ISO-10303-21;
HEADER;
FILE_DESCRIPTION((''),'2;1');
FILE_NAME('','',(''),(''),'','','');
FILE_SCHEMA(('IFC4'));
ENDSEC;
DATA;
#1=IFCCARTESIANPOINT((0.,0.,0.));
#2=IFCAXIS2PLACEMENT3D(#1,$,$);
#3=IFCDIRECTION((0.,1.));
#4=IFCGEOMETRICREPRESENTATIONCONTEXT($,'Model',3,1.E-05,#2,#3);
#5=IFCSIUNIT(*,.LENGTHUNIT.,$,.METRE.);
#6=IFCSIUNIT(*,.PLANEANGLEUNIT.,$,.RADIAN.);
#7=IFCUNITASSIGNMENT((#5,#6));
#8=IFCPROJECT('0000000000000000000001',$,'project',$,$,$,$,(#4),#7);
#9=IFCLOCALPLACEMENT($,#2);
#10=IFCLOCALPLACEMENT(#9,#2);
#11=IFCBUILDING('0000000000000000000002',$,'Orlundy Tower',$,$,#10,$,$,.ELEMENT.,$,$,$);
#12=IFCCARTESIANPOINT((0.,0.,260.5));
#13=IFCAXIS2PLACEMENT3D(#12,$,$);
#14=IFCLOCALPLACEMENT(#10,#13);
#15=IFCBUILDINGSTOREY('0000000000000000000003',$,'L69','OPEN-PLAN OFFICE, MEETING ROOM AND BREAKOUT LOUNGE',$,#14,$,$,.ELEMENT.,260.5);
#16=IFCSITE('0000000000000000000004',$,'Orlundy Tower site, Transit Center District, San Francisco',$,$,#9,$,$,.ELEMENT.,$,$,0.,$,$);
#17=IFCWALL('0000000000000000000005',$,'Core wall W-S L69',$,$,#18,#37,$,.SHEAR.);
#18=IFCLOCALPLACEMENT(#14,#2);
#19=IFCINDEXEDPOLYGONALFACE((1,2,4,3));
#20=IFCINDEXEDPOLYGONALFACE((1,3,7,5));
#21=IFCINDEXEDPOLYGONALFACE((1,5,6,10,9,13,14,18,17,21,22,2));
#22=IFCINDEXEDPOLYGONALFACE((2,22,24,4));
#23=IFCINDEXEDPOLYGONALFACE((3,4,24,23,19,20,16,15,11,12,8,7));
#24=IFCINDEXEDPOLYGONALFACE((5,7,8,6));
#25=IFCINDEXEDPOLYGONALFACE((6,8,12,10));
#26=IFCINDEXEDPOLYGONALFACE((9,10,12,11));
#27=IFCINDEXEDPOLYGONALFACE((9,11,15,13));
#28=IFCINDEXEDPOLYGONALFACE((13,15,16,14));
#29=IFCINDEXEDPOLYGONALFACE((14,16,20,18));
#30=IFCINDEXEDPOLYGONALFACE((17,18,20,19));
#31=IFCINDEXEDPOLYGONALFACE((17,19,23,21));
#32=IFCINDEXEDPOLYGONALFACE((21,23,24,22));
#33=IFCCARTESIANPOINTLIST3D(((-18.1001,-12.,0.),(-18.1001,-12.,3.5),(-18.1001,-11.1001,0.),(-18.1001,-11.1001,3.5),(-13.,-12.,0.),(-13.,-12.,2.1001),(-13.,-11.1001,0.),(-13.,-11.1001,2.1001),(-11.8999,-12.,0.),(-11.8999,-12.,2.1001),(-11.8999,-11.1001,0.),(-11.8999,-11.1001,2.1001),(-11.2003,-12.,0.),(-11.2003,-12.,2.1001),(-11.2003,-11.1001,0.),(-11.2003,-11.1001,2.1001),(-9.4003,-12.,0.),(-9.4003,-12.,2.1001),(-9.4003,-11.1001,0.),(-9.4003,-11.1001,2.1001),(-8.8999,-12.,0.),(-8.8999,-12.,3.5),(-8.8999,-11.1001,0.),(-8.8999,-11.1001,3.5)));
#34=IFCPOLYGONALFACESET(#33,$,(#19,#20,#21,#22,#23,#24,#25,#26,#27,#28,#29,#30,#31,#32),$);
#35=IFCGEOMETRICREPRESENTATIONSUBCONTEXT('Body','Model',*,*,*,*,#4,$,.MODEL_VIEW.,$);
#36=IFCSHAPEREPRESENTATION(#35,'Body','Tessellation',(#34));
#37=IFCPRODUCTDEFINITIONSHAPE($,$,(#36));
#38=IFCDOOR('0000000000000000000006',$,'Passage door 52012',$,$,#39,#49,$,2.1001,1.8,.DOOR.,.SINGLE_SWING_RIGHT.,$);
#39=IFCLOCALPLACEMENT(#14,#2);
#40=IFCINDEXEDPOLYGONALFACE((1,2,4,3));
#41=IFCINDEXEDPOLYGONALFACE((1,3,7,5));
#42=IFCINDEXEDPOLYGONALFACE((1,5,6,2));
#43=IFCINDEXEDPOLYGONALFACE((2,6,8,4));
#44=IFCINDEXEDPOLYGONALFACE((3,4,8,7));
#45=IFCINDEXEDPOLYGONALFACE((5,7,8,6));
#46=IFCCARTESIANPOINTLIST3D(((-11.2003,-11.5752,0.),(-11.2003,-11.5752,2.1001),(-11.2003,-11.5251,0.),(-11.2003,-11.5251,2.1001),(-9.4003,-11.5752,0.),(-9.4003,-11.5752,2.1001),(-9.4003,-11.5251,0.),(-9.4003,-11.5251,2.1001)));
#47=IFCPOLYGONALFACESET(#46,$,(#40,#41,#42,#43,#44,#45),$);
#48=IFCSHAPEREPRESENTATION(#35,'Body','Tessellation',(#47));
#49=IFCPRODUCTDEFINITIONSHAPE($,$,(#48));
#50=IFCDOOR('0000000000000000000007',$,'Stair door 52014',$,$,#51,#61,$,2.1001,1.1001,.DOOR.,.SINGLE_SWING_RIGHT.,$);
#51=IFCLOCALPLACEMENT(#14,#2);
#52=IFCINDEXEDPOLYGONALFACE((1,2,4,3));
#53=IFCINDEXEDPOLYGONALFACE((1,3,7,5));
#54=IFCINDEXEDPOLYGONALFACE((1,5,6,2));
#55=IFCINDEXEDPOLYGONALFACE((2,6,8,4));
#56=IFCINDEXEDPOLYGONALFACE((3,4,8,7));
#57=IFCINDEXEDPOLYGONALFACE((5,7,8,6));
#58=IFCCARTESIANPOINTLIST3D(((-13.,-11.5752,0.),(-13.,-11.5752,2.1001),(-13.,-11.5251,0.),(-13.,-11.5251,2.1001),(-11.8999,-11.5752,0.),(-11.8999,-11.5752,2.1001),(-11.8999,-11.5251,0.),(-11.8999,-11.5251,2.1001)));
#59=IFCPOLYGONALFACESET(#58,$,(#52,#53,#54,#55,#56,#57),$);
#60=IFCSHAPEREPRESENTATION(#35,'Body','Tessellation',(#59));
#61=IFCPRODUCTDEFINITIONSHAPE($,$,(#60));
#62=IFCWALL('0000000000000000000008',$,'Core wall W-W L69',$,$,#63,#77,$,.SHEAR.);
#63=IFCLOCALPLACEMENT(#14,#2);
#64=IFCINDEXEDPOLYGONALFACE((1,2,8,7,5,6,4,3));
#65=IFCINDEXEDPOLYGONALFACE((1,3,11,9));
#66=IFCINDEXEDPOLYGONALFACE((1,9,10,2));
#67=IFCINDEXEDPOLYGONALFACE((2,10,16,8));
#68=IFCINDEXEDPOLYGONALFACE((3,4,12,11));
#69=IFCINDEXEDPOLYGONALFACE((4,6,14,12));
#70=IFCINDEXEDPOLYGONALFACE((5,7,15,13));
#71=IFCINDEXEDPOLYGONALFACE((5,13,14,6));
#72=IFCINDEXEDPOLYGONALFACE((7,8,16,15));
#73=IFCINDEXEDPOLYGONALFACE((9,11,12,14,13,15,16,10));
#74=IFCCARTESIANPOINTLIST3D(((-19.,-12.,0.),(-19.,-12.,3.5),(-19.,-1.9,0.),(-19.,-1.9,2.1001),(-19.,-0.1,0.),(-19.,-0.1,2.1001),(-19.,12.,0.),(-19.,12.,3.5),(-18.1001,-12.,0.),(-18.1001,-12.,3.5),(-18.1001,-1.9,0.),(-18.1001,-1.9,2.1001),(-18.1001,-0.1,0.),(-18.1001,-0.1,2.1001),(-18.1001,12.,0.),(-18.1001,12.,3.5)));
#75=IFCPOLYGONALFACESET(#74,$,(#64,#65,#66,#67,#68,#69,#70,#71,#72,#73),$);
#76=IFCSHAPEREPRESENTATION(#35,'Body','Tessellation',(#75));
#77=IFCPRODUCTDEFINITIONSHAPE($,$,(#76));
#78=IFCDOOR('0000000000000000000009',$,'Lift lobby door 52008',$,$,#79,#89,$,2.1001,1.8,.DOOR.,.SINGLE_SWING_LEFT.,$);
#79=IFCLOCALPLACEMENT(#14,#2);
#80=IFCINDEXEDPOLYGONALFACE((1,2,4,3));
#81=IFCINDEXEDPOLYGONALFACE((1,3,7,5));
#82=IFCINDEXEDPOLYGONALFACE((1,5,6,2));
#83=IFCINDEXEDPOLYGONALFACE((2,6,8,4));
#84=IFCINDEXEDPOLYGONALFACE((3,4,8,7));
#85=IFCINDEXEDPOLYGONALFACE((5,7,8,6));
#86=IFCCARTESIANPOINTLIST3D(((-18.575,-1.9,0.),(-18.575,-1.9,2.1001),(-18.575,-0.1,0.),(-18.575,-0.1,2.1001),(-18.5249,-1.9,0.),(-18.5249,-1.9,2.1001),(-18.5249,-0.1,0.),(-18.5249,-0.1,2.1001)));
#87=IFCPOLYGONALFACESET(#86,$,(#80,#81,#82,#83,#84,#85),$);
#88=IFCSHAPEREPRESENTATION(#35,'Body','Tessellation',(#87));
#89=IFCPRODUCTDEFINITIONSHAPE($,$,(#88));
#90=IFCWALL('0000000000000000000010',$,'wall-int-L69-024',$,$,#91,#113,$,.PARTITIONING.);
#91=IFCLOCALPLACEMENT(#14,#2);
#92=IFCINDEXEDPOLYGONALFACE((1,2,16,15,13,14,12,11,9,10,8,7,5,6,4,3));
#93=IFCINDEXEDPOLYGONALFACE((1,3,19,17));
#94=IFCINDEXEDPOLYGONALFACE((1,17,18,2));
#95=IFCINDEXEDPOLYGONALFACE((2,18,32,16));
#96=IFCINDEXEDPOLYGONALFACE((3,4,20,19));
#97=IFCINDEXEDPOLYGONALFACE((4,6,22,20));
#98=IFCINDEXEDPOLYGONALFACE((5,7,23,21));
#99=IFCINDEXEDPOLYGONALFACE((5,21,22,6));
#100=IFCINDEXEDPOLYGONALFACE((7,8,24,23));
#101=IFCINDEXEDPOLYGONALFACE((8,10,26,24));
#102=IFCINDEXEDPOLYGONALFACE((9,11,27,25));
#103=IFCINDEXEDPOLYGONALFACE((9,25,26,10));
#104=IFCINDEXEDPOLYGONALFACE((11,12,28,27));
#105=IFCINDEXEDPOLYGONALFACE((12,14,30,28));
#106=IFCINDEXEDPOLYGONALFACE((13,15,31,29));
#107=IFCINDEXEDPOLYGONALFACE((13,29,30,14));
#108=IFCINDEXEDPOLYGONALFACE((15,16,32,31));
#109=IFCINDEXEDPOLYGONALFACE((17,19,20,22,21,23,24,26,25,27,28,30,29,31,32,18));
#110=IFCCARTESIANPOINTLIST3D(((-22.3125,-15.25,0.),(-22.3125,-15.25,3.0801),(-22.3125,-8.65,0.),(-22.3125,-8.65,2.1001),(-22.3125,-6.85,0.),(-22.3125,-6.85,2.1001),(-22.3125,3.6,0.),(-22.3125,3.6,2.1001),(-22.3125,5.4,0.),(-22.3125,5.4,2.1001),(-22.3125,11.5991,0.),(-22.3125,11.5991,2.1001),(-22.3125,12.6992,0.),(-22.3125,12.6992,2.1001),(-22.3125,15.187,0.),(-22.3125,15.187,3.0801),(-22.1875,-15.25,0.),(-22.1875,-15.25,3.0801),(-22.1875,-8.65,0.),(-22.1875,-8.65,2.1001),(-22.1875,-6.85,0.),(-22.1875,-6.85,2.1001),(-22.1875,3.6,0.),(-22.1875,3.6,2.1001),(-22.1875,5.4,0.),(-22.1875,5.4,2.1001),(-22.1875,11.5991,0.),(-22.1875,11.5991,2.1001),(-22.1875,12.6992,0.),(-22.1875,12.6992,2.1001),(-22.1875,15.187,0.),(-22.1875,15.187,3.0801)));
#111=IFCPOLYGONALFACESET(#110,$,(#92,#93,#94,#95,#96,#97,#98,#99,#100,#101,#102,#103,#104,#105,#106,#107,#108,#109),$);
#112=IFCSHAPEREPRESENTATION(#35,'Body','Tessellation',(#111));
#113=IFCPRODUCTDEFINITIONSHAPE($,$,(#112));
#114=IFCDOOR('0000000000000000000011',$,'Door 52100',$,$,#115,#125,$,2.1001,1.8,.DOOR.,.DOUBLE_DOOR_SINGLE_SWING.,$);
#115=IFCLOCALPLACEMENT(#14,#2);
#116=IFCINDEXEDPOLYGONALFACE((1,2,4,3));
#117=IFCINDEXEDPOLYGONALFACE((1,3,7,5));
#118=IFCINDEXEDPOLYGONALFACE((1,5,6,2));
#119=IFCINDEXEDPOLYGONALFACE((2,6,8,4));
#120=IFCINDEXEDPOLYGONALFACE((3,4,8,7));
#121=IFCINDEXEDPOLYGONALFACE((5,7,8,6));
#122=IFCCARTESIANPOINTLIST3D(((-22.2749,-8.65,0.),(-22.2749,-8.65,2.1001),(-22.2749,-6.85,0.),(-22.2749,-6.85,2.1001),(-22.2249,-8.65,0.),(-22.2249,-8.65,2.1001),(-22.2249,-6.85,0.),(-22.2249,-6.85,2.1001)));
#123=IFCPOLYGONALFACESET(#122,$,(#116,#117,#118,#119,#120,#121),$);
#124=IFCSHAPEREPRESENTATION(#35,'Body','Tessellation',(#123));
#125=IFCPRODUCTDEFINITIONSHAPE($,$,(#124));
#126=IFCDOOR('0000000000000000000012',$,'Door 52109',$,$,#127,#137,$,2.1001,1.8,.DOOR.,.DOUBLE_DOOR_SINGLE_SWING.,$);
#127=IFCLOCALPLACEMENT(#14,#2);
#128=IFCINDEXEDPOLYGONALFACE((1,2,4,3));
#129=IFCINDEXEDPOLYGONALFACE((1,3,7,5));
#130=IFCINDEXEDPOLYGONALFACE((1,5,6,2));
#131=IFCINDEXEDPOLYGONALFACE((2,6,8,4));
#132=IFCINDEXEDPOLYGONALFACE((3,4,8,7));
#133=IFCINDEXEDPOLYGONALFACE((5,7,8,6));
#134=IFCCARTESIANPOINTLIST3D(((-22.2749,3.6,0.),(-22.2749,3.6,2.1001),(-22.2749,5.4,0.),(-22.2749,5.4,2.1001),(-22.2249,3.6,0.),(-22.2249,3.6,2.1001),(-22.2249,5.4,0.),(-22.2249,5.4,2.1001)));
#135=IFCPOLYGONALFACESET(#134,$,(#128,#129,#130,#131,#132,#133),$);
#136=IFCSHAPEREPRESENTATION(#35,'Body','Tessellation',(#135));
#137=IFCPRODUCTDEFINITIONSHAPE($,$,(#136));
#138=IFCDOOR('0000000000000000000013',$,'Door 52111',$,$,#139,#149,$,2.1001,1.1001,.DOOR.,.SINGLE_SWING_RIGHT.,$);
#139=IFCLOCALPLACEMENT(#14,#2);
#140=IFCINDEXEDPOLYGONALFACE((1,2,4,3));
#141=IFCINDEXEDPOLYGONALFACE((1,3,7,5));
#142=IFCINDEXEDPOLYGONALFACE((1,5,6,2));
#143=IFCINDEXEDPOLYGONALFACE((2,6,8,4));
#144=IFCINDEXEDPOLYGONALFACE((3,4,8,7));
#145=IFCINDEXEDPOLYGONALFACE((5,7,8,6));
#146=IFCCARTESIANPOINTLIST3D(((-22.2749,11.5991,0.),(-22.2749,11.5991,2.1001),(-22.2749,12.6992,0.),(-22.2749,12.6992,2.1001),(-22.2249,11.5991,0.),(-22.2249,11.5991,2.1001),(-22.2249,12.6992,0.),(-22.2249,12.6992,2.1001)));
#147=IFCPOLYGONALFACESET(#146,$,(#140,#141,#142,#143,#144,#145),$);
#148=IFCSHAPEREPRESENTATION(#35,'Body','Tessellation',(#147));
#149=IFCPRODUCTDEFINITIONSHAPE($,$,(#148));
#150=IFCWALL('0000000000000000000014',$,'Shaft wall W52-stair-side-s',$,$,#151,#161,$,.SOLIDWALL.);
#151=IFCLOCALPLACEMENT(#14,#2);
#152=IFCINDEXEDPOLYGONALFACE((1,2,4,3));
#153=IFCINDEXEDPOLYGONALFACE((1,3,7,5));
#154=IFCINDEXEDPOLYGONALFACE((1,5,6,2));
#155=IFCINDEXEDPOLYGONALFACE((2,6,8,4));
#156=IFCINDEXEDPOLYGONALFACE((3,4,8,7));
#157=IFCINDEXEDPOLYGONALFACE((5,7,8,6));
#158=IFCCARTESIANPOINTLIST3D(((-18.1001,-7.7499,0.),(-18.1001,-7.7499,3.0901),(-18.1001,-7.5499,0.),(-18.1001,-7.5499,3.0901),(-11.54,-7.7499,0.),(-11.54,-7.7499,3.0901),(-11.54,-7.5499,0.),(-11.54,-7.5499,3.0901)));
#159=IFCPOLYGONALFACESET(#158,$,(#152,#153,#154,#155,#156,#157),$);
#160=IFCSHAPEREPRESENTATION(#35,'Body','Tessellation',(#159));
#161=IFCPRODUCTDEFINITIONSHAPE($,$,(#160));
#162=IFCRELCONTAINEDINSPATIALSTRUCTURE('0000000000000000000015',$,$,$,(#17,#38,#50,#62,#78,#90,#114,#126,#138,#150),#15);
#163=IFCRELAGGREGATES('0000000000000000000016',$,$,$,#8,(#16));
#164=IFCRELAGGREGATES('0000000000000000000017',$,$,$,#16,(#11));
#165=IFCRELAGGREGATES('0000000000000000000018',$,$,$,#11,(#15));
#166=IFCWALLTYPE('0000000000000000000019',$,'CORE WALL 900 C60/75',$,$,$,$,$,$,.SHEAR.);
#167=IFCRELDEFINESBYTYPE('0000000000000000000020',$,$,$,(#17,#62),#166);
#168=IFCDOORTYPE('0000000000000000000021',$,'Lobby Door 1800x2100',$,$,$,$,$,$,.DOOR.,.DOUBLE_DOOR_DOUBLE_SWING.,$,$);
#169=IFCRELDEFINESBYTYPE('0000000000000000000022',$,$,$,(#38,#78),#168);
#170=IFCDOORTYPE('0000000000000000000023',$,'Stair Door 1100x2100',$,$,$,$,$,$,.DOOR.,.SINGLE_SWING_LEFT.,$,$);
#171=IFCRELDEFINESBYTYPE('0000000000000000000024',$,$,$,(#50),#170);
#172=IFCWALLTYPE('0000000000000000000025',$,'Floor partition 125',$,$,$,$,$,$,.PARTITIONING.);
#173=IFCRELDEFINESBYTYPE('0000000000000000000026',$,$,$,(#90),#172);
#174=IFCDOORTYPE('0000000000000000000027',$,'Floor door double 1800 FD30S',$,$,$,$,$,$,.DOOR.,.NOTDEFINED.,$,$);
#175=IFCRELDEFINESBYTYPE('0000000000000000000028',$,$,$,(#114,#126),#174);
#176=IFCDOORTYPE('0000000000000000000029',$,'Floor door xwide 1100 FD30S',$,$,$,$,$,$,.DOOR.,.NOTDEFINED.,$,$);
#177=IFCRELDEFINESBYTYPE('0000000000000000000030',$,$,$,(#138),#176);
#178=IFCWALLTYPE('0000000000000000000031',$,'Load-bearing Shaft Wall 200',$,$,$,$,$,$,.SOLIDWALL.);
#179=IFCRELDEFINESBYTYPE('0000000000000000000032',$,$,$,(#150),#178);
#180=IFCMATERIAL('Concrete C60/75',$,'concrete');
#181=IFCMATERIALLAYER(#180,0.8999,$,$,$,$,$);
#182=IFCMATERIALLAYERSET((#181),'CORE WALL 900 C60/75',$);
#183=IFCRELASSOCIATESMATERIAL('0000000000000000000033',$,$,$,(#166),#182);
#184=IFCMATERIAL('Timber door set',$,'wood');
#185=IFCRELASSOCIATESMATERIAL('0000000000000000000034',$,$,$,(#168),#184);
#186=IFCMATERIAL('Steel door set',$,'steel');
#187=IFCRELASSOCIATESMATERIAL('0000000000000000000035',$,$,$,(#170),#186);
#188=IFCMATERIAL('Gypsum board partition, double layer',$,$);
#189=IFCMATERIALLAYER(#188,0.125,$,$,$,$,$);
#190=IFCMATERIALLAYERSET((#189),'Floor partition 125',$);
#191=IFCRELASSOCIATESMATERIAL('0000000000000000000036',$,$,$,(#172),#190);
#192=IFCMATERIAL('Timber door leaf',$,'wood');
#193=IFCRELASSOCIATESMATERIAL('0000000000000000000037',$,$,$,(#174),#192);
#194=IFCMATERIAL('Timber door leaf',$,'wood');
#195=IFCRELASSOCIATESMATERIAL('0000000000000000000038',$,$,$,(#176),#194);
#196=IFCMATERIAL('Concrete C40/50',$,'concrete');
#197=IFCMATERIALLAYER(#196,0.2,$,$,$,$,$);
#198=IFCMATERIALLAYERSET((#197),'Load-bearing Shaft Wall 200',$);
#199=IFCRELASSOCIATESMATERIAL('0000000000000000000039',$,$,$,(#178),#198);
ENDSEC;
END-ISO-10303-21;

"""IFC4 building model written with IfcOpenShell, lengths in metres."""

from ifc_helpers import new_model, si_unit, direction, frame, frame_2d, origin, place, context, subcontext, project, spatial, rectangle, extrude, material, layer, layer_set, type_object, element, fill, save


model = new_model("IFC4")

# Units and contexts
model_context = context("Model", 3, precision=1e-05, world=origin(), true_north=direction((0.0, 1.0)))
body_context = subcontext(model_context, "Body", "Model", "MODEL_VIEW")
ifc_project = project(units=[si_unit("LENGTHUNIT", "METRE"), si_unit("PLANEANGLEUNIT", "RADIAN")], contexts=[model_context])

# Site, building, storey
site_placement = place(None, origin())
site = spatial("IfcSite", under=ifc_project, at=site_placement, Name="Orlundy Tower site, Transit Center District, San Francisco", CompositionType="ELEMENT", RefElevation=0.0)
building_placement = place(site_placement, origin())
building = spatial("IfcBuilding", under=site, at=building_placement, Name="Orlundy Tower", CompositionType="ELEMENT")
storey_placement = place(building_placement, frame((0.0, 0.0, 260.5)))
storey = spatial("IfcBuildingStorey", under=building, at=storey_placement, Name="L69", Description="OPEN-PLAN OFFICE, MEETING ROOM AND BREAKOUT LOUNGE", CompositionType="ELEMENT", Elevation=260.5)

# Wall, openings, doors
ifc_material_1 = material(Name="Concrete C60/75", Category="concrete")
ifc_layer_1 = layer(ifc_material_1, 0.8999)
ifc_layer_set_1 = layer_set([ifc_layer_1], Name="CORE WALL 900 C60/75")
wall_type_1 = type_object("IfcWallType", Name="CORE WALL 900 C60/75", PredefinedType="SHEAR", material=ifc_layer_set_1)
wall_1_placement = place(storey_placement, frame((-18.1001, -11.55, 0.0), z_axis=(0.0, 0.0, 1.0), x_axis=(1.0, 0.0, 0.0)))
wall_1 = element("IfcWall", 1, at=wall_1_placement, inside=storey, type_object=wall_type_1, Name="Core wall W-S L69", PredefinedType="SHEAR", context=body_context, shape_type="SweptSolid", body=[
    extrude(rectangle(XDim=9.2002, YDim=0.8999, at=frame_2d((4.6001, 0.0))), origin(), (0.0, 0.0, 1.0), 3.5),
])
opening_1_placement = place(wall_1_placement, frame((6.8999, 0.0, 0.0)))
opening_1 = element("IfcOpeningElement", 2, at=opening_1_placement, cuts=wall_1, PredefinedType="OPENING", context=body_context, shape_type="SweptSolid", body=[
    extrude(rectangle(XDim=1.8, YDim=2.1001, at=frame_2d((0.8999, 1.05))), frame((0.0, 0.46, 0.0), z_axis=(0.0, -1.0, 0.0), x_axis=(1.0, 0.0, 0.0)), (0.0, 0.0, 1.0), 0.9199),
])
opening_2_placement = place(wall_1_placement, frame((5.1001, 0.0, 0.0)))
opening_2 = element("IfcOpeningElement", 3, at=opening_2_placement, cuts=wall_1, PredefinedType="OPENING", context=body_context, shape_type="SweptSolid", body=[
    extrude(rectangle(XDim=1.1001, YDim=2.1001, at=frame_2d((0.55, 1.05))), frame((0.0, 0.46, 0.0), z_axis=(0.0, -1.0, 0.0), x_axis=(1.0, 0.0, 0.0)), (0.0, 0.0, 1.0), 0.9199),
])
ifc_material_2 = material(Name="Timber door set", Category="wood")
door_type_1 = type_object("IfcDoorType", Name="Lobby Door 1800x2100", OperationType="DOUBLE_DOOR_DOUBLE_SWING", PredefinedType="DOOR", material=ifc_material_2)
door_1_placement = place(opening_1_placement, origin())
door_1 = element("IfcDoor", 4, at=door_1_placement, inside=storey, type_object=door_type_1, Name="Passage door 52012", OperationType="SINGLE_SWING_RIGHT", OverallHeight=2.1001, OverallWidth=1.8, PredefinedType="DOOR", context=body_context, shape_type="SweptSolid", body=[
    extrude(rectangle(XDim=1.8, YDim=2.1001, at=frame_2d((0.8999, 1.05))), frame((0.0, 0.0249, 0.0), z_axis=(0.0, -1.0, 0.0), x_axis=(1.0, 0.0, 0.0)), (0.0, 0.0, 1.0), 0.05),
])
fill(opening_1, door_1)
ifc_material_3 = material(Name="Steel door set", Category="steel")
door_type_2 = type_object("IfcDoorType", Name="Stair Door 1100x2100", OperationType="SINGLE_SWING_LEFT", PredefinedType="DOOR", material=ifc_material_3)
door_2_placement = place(opening_2_placement, origin())
door_2 = element("IfcDoor", 5, at=door_2_placement, inside=storey, type_object=door_type_2, Name="Stair door 52014", OperationType="SINGLE_SWING_RIGHT", OverallHeight=2.1001, OverallWidth=1.1001, PredefinedType="DOOR", context=body_context, shape_type="SweptSolid", body=[
    extrude(rectangle(XDim=1.1001, YDim=2.1001, at=frame_2d((0.55, 1.05))), frame((0.0, 0.0249, 0.0), z_axis=(0.0, -1.0, 0.0), x_axis=(1.0, 0.0, 0.0)), (0.0, 0.0, 1.0), 0.05),
])
fill(opening_2, door_2)

# Wall, opening, door
wall_2_placement = place(storey_placement, frame((-18.55, -12.0, 0.0), z_axis=(0.0, 0.0, 1.0), x_axis=(0.0, 1.0, 0.0)))
wall_2 = element("IfcWall", 6, at=wall_2_placement, inside=storey, type_object=wall_type_1, Name="Core wall W-W L69", PredefinedType="SHEAR", context=body_context, shape_type="SweptSolid", body=[
    extrude(rectangle(XDim=24.0, YDim=0.8999, at=frame_2d((12.0, 0.0))), origin(), (0.0, 0.0, 1.0), 3.5),
])
opening_3_placement = place(wall_2_placement, frame((10.1001, 0.0, 0.0)))
opening_3 = element("IfcOpeningElement", 7, at=opening_3_placement, cuts=wall_2, PredefinedType="OPENING", context=body_context, shape_type="SweptSolid", body=[
    extrude(rectangle(XDim=1.8, YDim=2.1001, at=frame_2d((0.8999, 1.05))), frame((0.0, 0.46, 0.0), z_axis=(0.0, -1.0, 0.0), x_axis=(1.0, 0.0, 0.0)), (0.0, 0.0, 1.0), 0.9199),
])
door_3_placement = place(opening_3_placement, origin())
door_3 = element("IfcDoor", 8, at=door_3_placement, inside=storey, type_object=door_type_1, Name="Lift lobby door 52008", OperationType="SINGLE_SWING_LEFT", OverallHeight=2.1001, OverallWidth=1.8, PredefinedType="DOOR", context=body_context, shape_type="SweptSolid", body=[
    extrude(rectangle(XDim=1.8, YDim=2.1001, at=frame_2d((0.8999, 1.05))), frame((0.0, 0.0249, 0.0), z_axis=(0.0, -1.0, 0.0), x_axis=(1.0, 0.0, 0.0)), (0.0, 0.0, 1.0), 0.05),
])
fill(opening_3, door_3)

# Wall, openings, doors
ifc_material_4 = material(Name="Gypsum board partition, double layer")
ifc_layer_2 = layer(ifc_material_4, 0.125)
ifc_layer_set_2 = layer_set([ifc_layer_2], Name="Floor partition 125")
wall_type_2 = type_object("IfcWallType", Name="Floor partition 125", PredefinedType="PARTITIONING", material=ifc_layer_set_2)
wall_3_placement = place(storey_placement, frame((-22.25, -15.25, 0.0), z_axis=(0.0, 0.0, 1.0), x_axis=(0.0, 1.0, 0.0)))
wall_3 = element("IfcWall", 9, at=wall_3_placement, inside=storey, type_object=wall_type_2, Name="wall-int-L69-024", PredefinedType="PARTITIONING", context=body_context, shape_type="SweptSolid", body=[
    extrude(rectangle(XDim=30.437, YDim=0.125, at=frame_2d((15.2185, 0.0))), origin(), (0.0, 0.0, 1.0), 3.0801),
])
opening_4_placement = place(wall_3_placement, frame((6.6001, 0.0, 0.0)))
opening_4 = element("IfcOpeningElement", 10, at=opening_4_placement, cuts=wall_3, PredefinedType="OPENING", context=body_context, shape_type="SweptSolid", body=[
    extrude(rectangle(XDim=1.8, YDim=2.1001, at=frame_2d((0.8999, 1.05))), frame((0.0, 0.0725, 0.0), z_axis=(0.0, -1.0, 0.0), x_axis=(1.0, 0.0, 0.0)), (0.0, 0.0, 1.0), 0.145),
])
opening_5_placement = place(wall_3_placement, frame((18.8501, 0.0, 0.0)))
opening_5 = element("IfcOpeningElement", 11, at=opening_5_placement, cuts=wall_3, PredefinedType="OPENING", context=body_context, shape_type="SweptSolid", body=[
    extrude(rectangle(XDim=1.8, YDim=2.1001, at=frame_2d((0.8999, 1.05))), frame((0.0, 0.0725, 0.0), z_axis=(0.0, -1.0, 0.0), x_axis=(1.0, 0.0, 0.0)), (0.0, 0.0, 1.0), 0.145),
])
opening_6_placement = place(wall_3_placement, frame((26.8491, 0.0, 0.0)))
opening_6 = element("IfcOpeningElement", 12, at=opening_6_placement, cuts=wall_3, PredefinedType="OPENING", context=body_context, shape_type="SweptSolid", body=[
    extrude(rectangle(XDim=1.1001, YDim=2.1001, at=frame_2d((0.55, 1.05))), frame((0.0, 0.0725, 0.0), z_axis=(0.0, -1.0, 0.0), x_axis=(1.0, 0.0, 0.0)), (0.0, 0.0, 1.0), 0.145),
])
ifc_material_5 = material(Name="Timber door leaf", Category="wood")
door_type_3 = type_object("IfcDoorType", Name="Floor door double 1800 FD30S", OperationType="NOTDEFINED", PredefinedType="DOOR", material=ifc_material_5)
door_4_placement = place(opening_4_placement, origin())
door_4 = element("IfcDoor", 13, at=door_4_placement, inside=storey, type_object=door_type_3, Name="Door 52100", OperationType="DOUBLE_DOOR_SINGLE_SWING", OverallHeight=2.1001, OverallWidth=1.8, PredefinedType="DOOR", context=body_context, shape_type="SweptSolid", body=[
    extrude(rectangle(XDim=1.8, YDim=2.1001, at=frame_2d((0.8999, 1.05))), frame((0.0, 0.0249, 0.0), z_axis=(0.0, -1.0, 0.0), x_axis=(1.0, 0.0, 0.0)), (0.0, 0.0, 1.0), 0.05),
])
fill(opening_4, door_4)
door_5_placement = place(opening_5_placement, origin())
door_5 = element("IfcDoor", 14, at=door_5_placement, inside=storey, type_object=door_type_3, Name="Door 52109", OperationType="DOUBLE_DOOR_SINGLE_SWING", OverallHeight=2.1001, OverallWidth=1.8, PredefinedType="DOOR", context=body_context, shape_type="SweptSolid", body=[
    extrude(rectangle(XDim=1.8, YDim=2.1001, at=frame_2d((0.8999, 1.05))), frame((0.0, 0.0249, 0.0), z_axis=(0.0, -1.0, 0.0), x_axis=(1.0, 0.0, 0.0)), (0.0, 0.0, 1.0), 0.05),
])
fill(opening_5, door_5)
ifc_material_6 = material(Name="Timber door leaf", Category="wood")
door_type_4 = type_object("IfcDoorType", Name="Floor door xwide 1100 FD30S", OperationType="NOTDEFINED", PredefinedType="DOOR", material=ifc_material_6)
door_6_placement = place(opening_6_placement, origin())
door_6 = element("IfcDoor", 15, at=door_6_placement, inside=storey, type_object=door_type_4, Name="Door 52111", OperationType="SINGLE_SWING_RIGHT", OverallHeight=2.1001, OverallWidth=1.1001, PredefinedType="DOOR", context=body_context, shape_type="SweptSolid", body=[
    extrude(rectangle(XDim=1.1001, YDim=2.1001, at=frame_2d((0.55, 1.05))), frame((0.0, 0.0249, 0.0), z_axis=(0.0, -1.0, 0.0), x_axis=(1.0, 0.0, 0.0)), (0.0, 0.0, 1.0), 0.05),
])
fill(opening_6, door_6)

# Wall
ifc_material_7 = material(Name="Concrete C40/50", Category="concrete")
ifc_layer_3 = layer(ifc_material_7, 0.2)
ifc_layer_set_3 = layer_set([ifc_layer_3], Name="Load-bearing Shaft Wall 200")
wall_type_3 = type_object("IfcWallType", Name="Load-bearing Shaft Wall 200", PredefinedType="SOLIDWALL", material=ifc_layer_set_3)
wall_4_placement = place(storey_placement, frame((-11.54, -7.6499, 0.0), z_axis=(0.0, 0.0, 1.0), x_axis=(-1.0, 0.0, 0.0)))
element("IfcWall", 16, at=wall_4_placement, inside=storey, type_object=wall_type_3, Name="Shaft wall W52-stair-side-s", PredefinedType="SOLIDWALL", context=body_context, shape_type="SweptSolid", body=[
    extrude(rectangle(XDim=6.5601, YDim=0.2, at=frame_2d((3.28, 0.0))), origin(), (0.0, 0.0, 1.0), 3.0901),
])

save(model, "model.ifc")
